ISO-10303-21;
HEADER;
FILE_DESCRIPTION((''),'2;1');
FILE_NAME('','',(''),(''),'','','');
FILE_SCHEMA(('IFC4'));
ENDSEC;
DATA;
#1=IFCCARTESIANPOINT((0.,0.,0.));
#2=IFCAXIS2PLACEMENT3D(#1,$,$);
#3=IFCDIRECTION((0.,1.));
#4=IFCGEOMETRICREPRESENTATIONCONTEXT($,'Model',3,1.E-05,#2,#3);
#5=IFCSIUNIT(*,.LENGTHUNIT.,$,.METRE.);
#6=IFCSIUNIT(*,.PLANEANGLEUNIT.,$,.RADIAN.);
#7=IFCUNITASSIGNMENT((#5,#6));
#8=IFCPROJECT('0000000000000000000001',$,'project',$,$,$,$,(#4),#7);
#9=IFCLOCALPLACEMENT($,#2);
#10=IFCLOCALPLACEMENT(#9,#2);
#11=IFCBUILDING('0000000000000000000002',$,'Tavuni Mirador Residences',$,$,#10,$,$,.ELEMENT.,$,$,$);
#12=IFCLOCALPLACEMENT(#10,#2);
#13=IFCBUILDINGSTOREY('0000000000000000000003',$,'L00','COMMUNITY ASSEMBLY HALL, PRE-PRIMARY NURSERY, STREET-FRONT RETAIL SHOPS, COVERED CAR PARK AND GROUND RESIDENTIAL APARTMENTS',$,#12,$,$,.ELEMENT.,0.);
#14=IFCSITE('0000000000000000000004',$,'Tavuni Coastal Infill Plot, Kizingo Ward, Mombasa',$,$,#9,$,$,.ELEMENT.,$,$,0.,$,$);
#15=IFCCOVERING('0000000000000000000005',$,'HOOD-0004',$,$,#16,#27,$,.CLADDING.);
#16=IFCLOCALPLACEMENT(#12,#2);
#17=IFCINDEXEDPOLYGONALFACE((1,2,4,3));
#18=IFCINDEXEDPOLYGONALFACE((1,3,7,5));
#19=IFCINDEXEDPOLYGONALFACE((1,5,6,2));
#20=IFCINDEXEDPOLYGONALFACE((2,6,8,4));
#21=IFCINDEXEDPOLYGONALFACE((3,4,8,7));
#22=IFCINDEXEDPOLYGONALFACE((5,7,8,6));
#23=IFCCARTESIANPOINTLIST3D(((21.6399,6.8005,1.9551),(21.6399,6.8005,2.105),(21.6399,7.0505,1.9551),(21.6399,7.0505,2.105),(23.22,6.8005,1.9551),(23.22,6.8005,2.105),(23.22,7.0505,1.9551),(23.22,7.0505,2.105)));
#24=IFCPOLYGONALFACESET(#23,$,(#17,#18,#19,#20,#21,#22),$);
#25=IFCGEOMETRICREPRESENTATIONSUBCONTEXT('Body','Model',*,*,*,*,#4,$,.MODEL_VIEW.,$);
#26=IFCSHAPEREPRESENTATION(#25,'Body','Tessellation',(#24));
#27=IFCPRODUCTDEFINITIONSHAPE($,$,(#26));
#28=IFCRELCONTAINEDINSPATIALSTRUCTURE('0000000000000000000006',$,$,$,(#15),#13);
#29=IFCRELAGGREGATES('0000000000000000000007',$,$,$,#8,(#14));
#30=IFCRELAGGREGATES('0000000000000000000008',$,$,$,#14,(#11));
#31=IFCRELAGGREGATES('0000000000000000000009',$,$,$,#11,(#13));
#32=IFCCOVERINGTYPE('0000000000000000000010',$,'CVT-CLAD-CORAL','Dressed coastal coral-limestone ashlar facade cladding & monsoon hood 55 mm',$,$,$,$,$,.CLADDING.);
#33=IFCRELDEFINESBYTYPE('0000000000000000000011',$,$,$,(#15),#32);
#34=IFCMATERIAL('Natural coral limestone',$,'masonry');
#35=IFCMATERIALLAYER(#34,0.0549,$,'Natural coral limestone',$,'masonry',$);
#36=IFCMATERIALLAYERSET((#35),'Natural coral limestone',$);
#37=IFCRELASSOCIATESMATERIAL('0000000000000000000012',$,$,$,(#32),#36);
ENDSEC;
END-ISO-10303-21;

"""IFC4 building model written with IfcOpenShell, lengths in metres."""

from ifc_helpers import new_model, si_unit, direction, frame, origin, origin_2d, place, context, subcontext, project, spatial, rectangle, extrude, material, layer, layer_set, type_object, element, save


model = new_model("IFC4")

# Units and contexts
model_context = context("Model", 3, precision=1e-05, world=origin(), true_north=direction((0.0, 1.0)))
body_context = subcontext(model_context, "Body", "Model", "MODEL_VIEW")
ifc_project = project(units=[si_unit("LENGTHUNIT", "METRE"), si_unit("PLANEANGLEUNIT", "RADIAN")], contexts=[model_context])

# Site, building, storey
site_placement = place(None, origin())
site = spatial("IfcSite", under=ifc_project, at=site_placement, Name="Tavuni Coastal Infill Plot, Kizingo Ward, Mombasa", CompositionType="ELEMENT", RefElevation=0.0)
building_placement = place(site_placement, origin())
building = spatial("IfcBuilding", under=site, at=building_placement, Name="Tavuni Mirador Residences", CompositionType="ELEMENT")
storey_placement = place(building_placement, origin())
storey = spatial("IfcBuildingStorey", under=building, at=storey_placement, Name="L00", Description="COMMUNITY ASSEMBLY HALL, PRE-PRIMARY NURSERY, STREET-FRONT RETAIL SHOPS, COVERED CAR PARK AND GROUND RESIDENTIAL APARTMENTS", CompositionType="ELEMENT", Elevation=0.0)

# Covering
ifc_material_1 = material(Name="Natural coral limestone", Category="masonry")
ifc_layer_1 = layer(ifc_material_1, 0.0549, Name="Natural coral limestone", Category="masonry")
ifc_layer_set_1 = layer_set([ifc_layer_1], Name="Natural coral limestone")
covering_type = type_object("IfcCoveringType", Name="CVT-CLAD-CORAL", Description="Dressed coastal coral-limestone ashlar facade cladding & monsoon hood 55 mm", PredefinedType="CLADDING", material=ifc_layer_set_1)
covering_1_placement = place(storey_placement, frame((22.4299, 6.9255, 1.9551), z_axis=(0.0, 0.0, 1.0), x_axis=(1.0, 0.0, 0.0)))
element("IfcCovering", 1, at=covering_1_placement, inside=storey, type_object=covering_type, Name="HOOD-0004", PredefinedType="CLADDING", context=body_context, shape_type="SweptSolid", body=[
    extrude(rectangle(XDim=1.5801, YDim=0.25, at=origin_2d()), origin(), (0.0, 0.0, 1.0), 0.1499),
])

save(model, "model.ifc")
